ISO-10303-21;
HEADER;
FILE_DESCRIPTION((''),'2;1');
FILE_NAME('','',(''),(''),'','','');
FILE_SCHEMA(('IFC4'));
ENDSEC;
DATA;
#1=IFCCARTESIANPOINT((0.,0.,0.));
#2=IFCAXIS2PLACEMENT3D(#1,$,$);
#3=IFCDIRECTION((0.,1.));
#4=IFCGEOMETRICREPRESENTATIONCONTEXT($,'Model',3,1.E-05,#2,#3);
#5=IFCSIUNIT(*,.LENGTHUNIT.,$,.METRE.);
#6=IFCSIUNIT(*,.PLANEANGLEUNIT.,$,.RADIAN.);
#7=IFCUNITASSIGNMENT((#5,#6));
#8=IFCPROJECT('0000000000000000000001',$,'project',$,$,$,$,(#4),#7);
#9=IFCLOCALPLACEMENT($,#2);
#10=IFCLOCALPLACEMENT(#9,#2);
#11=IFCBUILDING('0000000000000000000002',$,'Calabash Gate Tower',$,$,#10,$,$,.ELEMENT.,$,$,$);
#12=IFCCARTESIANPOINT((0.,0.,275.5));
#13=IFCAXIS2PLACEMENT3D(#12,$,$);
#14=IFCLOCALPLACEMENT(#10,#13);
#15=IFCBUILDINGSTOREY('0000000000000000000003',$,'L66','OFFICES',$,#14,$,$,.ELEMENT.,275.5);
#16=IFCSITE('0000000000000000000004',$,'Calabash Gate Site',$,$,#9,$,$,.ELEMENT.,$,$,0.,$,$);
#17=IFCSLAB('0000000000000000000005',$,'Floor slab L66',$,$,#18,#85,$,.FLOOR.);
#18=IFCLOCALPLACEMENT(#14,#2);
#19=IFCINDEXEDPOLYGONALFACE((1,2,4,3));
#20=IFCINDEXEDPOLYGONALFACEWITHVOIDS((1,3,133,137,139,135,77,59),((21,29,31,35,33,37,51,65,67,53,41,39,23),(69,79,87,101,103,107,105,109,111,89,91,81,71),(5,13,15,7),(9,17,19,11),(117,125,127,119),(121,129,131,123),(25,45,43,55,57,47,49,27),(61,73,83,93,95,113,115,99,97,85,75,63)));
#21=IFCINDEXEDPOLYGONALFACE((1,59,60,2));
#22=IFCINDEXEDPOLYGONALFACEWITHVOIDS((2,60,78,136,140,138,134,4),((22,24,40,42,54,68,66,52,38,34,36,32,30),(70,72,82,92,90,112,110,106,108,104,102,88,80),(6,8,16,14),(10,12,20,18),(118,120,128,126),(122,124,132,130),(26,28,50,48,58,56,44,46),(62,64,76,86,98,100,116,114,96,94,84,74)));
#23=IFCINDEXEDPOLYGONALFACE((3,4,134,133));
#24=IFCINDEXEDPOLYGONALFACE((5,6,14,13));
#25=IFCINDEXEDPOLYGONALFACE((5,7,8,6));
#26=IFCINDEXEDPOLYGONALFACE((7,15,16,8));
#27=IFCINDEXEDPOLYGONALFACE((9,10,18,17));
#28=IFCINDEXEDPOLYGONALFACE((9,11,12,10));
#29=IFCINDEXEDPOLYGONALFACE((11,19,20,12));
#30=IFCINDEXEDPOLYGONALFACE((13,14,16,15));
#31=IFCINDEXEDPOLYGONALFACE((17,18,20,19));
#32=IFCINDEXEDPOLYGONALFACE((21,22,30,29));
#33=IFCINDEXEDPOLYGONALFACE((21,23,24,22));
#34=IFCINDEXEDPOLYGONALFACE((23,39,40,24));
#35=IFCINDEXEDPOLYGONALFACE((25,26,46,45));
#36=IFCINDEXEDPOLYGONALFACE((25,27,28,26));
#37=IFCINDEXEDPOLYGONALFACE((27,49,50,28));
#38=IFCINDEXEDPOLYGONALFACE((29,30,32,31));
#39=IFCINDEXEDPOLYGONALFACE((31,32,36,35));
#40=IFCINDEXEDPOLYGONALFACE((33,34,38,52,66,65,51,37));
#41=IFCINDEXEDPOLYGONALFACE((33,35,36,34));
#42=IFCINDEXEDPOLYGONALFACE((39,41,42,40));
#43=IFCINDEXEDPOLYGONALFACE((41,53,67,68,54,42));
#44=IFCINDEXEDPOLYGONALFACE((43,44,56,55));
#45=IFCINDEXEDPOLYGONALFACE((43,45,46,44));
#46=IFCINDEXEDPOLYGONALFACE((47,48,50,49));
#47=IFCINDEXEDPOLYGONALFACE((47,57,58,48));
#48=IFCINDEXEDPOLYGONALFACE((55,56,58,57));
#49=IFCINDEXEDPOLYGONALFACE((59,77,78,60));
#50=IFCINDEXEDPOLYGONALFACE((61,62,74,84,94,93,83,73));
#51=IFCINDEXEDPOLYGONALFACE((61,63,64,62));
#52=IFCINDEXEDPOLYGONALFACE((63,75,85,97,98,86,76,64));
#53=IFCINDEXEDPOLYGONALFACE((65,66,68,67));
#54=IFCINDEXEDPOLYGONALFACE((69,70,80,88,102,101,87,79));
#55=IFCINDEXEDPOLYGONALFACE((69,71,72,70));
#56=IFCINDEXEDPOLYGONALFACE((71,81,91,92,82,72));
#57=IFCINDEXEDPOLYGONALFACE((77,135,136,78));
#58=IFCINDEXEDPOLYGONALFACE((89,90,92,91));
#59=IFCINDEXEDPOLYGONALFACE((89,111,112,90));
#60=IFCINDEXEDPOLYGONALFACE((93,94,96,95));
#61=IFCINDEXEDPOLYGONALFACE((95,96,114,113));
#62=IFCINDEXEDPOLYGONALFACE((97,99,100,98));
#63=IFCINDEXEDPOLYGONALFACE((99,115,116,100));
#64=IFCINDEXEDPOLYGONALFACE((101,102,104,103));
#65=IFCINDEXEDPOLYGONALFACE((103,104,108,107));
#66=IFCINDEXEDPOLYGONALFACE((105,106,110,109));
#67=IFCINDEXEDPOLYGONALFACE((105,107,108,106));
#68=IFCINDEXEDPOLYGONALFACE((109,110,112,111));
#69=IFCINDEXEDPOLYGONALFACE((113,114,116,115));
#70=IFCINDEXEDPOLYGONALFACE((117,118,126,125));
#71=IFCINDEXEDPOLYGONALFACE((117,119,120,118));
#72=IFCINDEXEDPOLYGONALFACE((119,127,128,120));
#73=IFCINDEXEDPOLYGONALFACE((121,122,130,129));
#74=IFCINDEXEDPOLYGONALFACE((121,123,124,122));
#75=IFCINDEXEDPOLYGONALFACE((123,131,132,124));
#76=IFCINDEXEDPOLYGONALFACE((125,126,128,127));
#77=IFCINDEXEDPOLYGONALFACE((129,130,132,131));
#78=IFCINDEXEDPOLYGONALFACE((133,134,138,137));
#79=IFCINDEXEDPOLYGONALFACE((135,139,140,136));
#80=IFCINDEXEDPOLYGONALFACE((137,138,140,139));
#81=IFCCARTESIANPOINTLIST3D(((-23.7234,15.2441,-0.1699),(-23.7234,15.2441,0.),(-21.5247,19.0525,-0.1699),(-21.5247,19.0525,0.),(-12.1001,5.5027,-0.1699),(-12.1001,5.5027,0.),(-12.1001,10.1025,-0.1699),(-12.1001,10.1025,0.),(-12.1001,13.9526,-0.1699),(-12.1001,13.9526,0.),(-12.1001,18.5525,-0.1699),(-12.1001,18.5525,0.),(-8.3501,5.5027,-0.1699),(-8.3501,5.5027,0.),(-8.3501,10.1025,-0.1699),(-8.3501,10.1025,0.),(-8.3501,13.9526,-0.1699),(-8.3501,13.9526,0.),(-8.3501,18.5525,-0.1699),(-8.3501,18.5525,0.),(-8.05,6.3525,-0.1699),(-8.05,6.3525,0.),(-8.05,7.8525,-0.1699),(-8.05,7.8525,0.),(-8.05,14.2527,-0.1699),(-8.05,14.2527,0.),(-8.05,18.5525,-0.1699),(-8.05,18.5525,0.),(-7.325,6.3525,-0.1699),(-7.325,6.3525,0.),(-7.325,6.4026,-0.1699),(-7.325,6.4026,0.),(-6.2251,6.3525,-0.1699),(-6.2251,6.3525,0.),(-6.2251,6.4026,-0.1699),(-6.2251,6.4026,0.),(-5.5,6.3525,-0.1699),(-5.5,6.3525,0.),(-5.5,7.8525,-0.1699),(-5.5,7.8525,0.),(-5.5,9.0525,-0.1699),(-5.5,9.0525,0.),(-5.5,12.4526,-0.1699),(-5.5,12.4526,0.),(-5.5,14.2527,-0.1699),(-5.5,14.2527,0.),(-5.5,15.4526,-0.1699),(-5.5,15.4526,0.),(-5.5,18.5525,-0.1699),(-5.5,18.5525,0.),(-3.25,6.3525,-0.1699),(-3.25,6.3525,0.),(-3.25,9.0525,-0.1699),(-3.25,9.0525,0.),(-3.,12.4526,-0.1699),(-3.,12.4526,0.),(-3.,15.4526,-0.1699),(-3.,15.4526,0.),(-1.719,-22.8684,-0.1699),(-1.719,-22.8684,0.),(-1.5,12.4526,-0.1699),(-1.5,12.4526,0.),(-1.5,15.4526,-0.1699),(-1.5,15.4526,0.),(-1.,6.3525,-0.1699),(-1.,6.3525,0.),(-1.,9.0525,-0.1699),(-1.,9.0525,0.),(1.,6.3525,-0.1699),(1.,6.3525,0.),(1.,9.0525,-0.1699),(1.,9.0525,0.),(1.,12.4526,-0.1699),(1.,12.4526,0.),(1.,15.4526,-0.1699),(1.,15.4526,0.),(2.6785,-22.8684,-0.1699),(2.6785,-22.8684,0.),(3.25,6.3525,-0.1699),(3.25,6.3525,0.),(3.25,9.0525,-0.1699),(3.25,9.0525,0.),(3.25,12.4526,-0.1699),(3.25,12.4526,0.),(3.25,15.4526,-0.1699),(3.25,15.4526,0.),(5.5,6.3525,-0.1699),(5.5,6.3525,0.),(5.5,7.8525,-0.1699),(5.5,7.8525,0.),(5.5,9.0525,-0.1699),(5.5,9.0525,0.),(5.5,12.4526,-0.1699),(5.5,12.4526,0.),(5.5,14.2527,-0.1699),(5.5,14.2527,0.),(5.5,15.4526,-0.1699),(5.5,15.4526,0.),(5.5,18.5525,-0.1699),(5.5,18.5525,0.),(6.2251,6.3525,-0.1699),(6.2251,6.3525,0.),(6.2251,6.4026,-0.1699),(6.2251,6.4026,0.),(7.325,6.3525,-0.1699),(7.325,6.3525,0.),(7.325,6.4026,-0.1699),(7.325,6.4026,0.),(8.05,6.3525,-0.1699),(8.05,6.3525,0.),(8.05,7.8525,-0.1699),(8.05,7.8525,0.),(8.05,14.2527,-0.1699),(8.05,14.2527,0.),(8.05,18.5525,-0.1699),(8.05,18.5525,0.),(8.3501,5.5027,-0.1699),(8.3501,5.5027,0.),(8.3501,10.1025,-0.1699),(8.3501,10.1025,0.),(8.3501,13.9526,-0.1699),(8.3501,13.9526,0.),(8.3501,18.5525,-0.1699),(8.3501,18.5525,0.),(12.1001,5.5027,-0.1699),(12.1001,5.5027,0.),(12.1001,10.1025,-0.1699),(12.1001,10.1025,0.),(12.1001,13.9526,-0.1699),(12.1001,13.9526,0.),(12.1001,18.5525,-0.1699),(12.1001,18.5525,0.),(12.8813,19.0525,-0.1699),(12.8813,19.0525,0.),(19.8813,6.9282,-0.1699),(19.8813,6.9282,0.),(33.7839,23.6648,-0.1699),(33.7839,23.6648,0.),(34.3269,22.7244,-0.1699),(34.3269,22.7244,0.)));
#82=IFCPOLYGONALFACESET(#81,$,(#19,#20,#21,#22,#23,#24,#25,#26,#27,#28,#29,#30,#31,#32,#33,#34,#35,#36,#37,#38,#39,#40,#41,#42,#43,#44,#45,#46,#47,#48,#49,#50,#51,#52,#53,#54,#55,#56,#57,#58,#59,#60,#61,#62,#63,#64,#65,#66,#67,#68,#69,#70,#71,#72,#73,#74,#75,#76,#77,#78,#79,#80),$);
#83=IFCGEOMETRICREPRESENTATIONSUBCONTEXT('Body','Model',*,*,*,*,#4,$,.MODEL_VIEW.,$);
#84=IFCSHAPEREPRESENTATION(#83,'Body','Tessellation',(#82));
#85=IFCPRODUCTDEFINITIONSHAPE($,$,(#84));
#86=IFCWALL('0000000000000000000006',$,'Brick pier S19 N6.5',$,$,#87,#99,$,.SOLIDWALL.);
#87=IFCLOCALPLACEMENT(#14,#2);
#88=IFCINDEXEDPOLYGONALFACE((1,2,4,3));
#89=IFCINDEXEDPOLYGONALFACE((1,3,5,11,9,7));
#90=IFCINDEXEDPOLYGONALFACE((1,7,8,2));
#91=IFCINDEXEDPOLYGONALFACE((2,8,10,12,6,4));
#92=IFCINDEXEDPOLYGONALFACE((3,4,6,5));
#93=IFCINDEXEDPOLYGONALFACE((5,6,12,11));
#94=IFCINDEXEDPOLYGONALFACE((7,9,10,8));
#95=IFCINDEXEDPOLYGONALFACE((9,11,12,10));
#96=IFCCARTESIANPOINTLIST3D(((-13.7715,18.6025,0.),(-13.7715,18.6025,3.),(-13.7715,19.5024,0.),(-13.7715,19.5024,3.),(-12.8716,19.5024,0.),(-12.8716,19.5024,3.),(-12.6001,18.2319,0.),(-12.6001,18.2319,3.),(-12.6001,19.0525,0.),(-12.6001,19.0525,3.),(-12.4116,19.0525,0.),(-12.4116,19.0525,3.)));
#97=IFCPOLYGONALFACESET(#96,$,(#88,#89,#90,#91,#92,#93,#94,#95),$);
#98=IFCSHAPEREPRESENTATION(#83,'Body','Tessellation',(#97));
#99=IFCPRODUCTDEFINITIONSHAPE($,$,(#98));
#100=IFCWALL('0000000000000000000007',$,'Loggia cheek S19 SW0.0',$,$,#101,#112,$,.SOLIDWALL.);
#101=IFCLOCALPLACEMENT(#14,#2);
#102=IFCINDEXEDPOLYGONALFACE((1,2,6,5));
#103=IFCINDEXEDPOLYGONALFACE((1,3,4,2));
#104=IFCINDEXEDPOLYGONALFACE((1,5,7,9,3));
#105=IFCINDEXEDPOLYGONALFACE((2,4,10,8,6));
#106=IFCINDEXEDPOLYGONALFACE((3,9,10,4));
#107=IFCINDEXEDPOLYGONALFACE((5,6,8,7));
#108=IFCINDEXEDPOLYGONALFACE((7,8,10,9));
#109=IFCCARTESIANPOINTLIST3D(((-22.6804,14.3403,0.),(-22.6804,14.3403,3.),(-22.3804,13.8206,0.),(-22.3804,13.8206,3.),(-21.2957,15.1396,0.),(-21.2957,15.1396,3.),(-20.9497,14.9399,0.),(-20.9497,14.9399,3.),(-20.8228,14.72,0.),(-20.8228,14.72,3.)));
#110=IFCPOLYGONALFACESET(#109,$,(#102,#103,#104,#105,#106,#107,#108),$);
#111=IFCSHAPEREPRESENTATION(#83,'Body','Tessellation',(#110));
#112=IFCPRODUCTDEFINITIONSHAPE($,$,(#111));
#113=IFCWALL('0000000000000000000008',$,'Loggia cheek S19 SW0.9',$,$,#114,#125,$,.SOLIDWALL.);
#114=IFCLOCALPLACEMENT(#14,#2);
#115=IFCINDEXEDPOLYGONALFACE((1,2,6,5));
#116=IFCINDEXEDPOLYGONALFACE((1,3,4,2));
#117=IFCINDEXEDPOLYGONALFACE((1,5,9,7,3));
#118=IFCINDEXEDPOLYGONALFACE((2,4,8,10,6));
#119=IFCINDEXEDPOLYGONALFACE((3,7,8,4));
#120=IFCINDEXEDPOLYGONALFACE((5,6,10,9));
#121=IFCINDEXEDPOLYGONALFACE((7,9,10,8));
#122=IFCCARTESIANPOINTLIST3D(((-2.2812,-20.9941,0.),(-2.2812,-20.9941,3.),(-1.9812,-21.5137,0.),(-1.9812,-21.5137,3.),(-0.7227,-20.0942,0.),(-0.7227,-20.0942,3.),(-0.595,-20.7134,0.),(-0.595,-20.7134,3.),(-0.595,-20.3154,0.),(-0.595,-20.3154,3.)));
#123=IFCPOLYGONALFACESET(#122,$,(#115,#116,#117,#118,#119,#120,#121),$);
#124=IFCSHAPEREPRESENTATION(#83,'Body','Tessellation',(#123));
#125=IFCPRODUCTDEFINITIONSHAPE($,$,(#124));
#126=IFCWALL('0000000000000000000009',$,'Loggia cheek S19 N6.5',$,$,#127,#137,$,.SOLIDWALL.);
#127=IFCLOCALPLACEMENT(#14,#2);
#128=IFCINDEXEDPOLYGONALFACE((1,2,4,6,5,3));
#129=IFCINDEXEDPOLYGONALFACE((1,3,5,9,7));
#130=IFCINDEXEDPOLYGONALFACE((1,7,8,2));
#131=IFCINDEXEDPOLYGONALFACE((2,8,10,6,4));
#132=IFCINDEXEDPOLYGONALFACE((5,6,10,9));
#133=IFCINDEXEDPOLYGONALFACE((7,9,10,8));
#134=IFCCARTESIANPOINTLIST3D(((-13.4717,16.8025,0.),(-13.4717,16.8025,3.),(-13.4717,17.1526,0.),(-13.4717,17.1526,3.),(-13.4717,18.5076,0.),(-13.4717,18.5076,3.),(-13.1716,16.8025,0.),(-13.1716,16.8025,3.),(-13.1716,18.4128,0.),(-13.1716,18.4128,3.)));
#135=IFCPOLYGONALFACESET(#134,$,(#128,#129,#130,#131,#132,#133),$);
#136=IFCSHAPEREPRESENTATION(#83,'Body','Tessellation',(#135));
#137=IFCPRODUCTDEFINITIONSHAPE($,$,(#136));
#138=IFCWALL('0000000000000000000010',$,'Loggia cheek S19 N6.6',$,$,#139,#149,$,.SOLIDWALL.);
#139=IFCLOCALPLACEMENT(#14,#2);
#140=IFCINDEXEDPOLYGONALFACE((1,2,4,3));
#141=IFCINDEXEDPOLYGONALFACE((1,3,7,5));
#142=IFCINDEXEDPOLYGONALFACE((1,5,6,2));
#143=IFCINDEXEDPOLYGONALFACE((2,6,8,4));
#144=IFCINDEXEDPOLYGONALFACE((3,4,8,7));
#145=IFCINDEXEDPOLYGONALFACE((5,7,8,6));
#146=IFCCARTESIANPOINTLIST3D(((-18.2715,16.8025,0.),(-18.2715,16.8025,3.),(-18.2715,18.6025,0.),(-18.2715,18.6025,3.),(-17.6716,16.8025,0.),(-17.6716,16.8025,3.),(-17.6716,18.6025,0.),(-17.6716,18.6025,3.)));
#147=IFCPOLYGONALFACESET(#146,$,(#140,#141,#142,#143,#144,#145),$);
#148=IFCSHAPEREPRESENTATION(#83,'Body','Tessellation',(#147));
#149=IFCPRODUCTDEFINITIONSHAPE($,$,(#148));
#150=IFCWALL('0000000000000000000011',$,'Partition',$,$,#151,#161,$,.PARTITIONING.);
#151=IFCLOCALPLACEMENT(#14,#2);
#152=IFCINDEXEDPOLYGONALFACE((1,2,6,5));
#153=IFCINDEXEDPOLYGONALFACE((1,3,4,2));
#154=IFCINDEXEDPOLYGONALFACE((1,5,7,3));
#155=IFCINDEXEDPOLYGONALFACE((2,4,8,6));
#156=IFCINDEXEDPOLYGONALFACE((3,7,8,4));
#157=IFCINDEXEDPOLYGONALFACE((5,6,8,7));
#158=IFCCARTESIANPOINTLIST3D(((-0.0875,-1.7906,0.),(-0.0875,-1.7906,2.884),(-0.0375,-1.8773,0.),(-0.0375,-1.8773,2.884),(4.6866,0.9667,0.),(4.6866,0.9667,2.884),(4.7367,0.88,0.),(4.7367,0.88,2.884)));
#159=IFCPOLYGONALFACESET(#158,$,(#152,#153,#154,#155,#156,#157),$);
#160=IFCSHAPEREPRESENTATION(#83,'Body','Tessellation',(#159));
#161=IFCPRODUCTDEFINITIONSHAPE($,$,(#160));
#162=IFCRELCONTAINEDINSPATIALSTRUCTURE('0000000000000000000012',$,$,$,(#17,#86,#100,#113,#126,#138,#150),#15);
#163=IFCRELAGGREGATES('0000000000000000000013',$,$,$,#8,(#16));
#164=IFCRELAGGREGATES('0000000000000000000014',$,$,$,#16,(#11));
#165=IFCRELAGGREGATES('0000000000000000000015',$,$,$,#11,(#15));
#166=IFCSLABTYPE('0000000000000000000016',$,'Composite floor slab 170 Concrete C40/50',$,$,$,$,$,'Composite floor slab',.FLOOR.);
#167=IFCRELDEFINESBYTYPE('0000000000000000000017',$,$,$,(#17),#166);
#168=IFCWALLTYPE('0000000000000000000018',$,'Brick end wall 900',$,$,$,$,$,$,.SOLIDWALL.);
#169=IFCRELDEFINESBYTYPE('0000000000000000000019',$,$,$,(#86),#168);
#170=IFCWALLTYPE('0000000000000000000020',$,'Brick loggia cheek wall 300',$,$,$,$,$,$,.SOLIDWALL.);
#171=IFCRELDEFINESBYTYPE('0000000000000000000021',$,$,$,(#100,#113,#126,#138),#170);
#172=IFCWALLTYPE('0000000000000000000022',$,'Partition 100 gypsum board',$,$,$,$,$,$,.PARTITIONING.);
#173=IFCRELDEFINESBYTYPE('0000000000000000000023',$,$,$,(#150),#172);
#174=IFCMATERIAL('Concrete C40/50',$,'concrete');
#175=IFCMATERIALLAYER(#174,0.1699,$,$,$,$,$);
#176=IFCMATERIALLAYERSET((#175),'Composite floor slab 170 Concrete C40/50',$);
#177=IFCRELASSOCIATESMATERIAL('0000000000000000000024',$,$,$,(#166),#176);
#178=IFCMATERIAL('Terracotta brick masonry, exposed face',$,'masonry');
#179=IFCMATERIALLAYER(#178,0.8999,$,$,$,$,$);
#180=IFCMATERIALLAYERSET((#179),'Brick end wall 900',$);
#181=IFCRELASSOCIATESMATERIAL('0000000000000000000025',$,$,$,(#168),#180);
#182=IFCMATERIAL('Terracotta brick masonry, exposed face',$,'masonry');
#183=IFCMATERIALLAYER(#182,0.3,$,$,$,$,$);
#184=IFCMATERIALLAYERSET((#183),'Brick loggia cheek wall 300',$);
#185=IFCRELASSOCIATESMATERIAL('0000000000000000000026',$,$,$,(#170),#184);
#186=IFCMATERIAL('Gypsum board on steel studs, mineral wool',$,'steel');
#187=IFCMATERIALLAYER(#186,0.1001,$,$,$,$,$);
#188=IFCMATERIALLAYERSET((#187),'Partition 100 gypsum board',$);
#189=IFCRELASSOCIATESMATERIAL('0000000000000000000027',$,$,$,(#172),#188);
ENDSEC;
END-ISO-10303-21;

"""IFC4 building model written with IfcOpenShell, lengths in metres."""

from ifc_helpers import new_model, si_unit, direction, frame, frame_2d, origin, place, context, subcontext, project, spatial, polyline, rectangle, outline, extrude, material, layer, layer_set, type_object, element, save


model = new_model("IFC4")

# Units and contexts
model_context = context("Model", 3, precision=1e-05, world=origin(), true_north=direction((0.0, 1.0)))
body_context = subcontext(model_context, "Body", "Model", "MODEL_VIEW")
ifc_project = project(units=[si_unit("LENGTHUNIT", "METRE"), si_unit("PLANEANGLEUNIT", "RADIAN")], contexts=[model_context])

# Site, building, storey
site_placement = place(None, origin())
site = spatial("IfcSite", under=ifc_project, at=site_placement, Name="Calabash Gate Site", CompositionType="ELEMENT", RefElevation=0.0)
building_placement = place(site_placement, origin())
building = spatial("IfcBuilding", under=site, at=building_placement, Name="Calabash Gate Tower", CompositionType="ELEMENT")
storey_placement = place(building_placement, frame((0.0, 0.0, 275.5)))
storey = spatial("IfcBuildingStorey", under=building, at=storey_placement, Name="L66", Description="OFFICES", CompositionType="ELEMENT", Elevation=275.5)

# Slab
ifc_material_1 = material(Name="Concrete C40/50", Category="concrete")
ifc_layer_1 = layer(ifc_material_1, 0.1699)
ifc_layer_set_1 = layer_set([ifc_layer_1], Name="Composite floor slab 170 Concrete C40/50")
slab_type = type_object("IfcSlabType", Name="Composite floor slab 170 Concrete C40/50", ElementType="Composite floor slab", PredefinedType="FLOOR", material=ifc_layer_set_1)
slab_placement = place(storey_placement, frame((0.0, 0.0, -0.1699)))
element("IfcSlab", 1, at=slab_placement, inside=storey, type_object=slab_type, Name="Floor slab L66", PredefinedType="FLOOR", context=body_context, shape_type="SweptSolid", body=[
    extrude(outline(polyline([(-23.7234, 15.2441), (-21.5247, 19.0525), (12.8813, 19.0525), (33.7839, 23.6648), (34.3269, 22.7244), (19.8813, 6.9282), (2.6785, -22.8684), (-1.719, -22.8684), (-23.7234, 15.2441)]), holes=[polyline([(-1.0, 9.0525), (-3.25, 9.0525), (-5.5, 9.0525), (-5.5, 7.8525), (-8.05, 7.8525), (-8.05, 6.3525), (-7.325, 6.3525), (-7.325, 6.4026), (-6.2251, 6.4026), (-6.2251, 6.3525), (-5.5, 6.3525), (-3.25, 6.3525), (-1.0, 6.3525), (-1.0, 9.0525)]), polyline([(3.25, 6.3525), (5.5, 6.3525), (6.2251, 6.3525), (6.2251, 6.4026), (7.325, 6.4026), (7.325, 6.3525), (8.05, 6.3525), (8.05, 7.8525), (5.5, 7.8525), (5.5, 9.0525), (3.25, 9.0525), (1.0, 9.0525), (1.0, 6.3525), (3.25, 6.3525)]), polyline([(-5.5, 14.2527), (-5.5, 12.4526), (-3.0, 12.4526), (-3.0, 15.4526), (-5.5, 15.4526), (-5.5, 18.5525), (-8.05, 18.5525), (-8.05, 14.2527), (-5.5, 14.2527)]), polyline([(1.0, 15.4526), (-1.5, 15.4526), (-1.5, 12.4526), (1.0, 12.4526), (3.25, 12.4526), (5.5, 12.4526), (5.5, 14.2527), (8.05, 14.2527), (8.05, 18.5525), (5.5, 18.5525), (5.5, 15.4526), (3.25, 15.4526), (1.0, 15.4526)]), polyline([(-8.3501, 18.5525), (-12.1001, 18.5525), (-12.1001, 13.9526), (-8.3501, 13.9526), (-8.3501, 18.5525)]), polyline([(-12.1001, 10.1025), (-12.1001, 5.5027), (-8.3501, 5.5027), (-8.3501, 10.1025), (-12.1001, 10.1025)]), polyline([(8.3501, 13.9526), (12.1001, 13.9526), (12.1001, 18.5525), (8.3501, 18.5525), (8.3501, 13.9526)]), polyline([(12.1001, 5.5027), (12.1001, 10.1025), (8.3501, 10.1025), (8.3501, 5.5027), (12.1001, 5.5027)])]), origin(), (0.0, 0.0, 1.0), 0.1699),
])

# Walls
ifc_material_2 = material(Name="Terracotta brick masonry, exposed face", Category="masonry")
ifc_layer_2 = layer(ifc_material_2, 0.8999)
ifc_layer_set_2 = layer_set([ifc_layer_2], Name="Brick end wall 900")
wall_type_1 = type_object("IfcWallType", Name="Brick end wall 900", PredefinedType="SOLIDWALL", material=ifc_layer_set_2)
wall_1_placement = place(storey_placement, origin())
element("IfcWall", 2, at=wall_1_placement, inside=storey, type_object=wall_type_1, Name="Brick pier S19 N6.5", PredefinedType="SOLIDWALL", context=body_context, shape_type="SweptSolid", body=[
    extrude(outline(polyline([(-12.4116, 19.0525), (-12.8716, 19.5024), (-13.7715, 19.5024), (-13.7715, 18.6025), (-12.6001, 18.2319), (-12.6001, 19.0525), (-12.4116, 19.0525)])), origin(), (0.0, 0.0, 1.0), 3.0),
])
ifc_material_3 = material(Name="Terracotta brick masonry, exposed face", Category="masonry")
ifc_layer_3 = layer(ifc_material_3, 0.3)
ifc_layer_set_3 = layer_set([ifc_layer_3], Name="Brick loggia cheek wall 300")
wall_type_2 = type_object("IfcWallType", Name="Brick loggia cheek wall 300", PredefinedType="SOLIDWALL", material=ifc_layer_set_3)
wall_2_placement = place(storey_placement, origin())
element("IfcWall", 3, at=wall_2_placement, inside=storey, type_object=wall_type_2, Name="Loggia cheek S19 SW0.0", PredefinedType="SOLIDWALL", context=body_context, shape_type="SweptSolid", body=[
    extrude(outline(polyline([(-21.2957, 15.1396), (-22.6804, 14.3403), (-22.3804, 13.8206), (-20.8228, 14.72), (-20.9497, 14.9399), (-21.2957, 15.1396)])), origin(), (0.0, 0.0, 1.0), 3.0),
])
wall_3_placement = place(storey_placement, origin())
element("IfcWall", 4, at=wall_3_placement, inside=storey, type_object=wall_type_2, Name="Loggia cheek S19 SW0.9", PredefinedType="SOLIDWALL", context=body_context, shape_type="SweptSolid", body=[
    extrude(outline(polyline([(-1.9812, -21.5137), (-0.595, -20.7134), (-0.595, -20.3154), (-0.7227, -20.0942), (-2.2812, -20.9941), (-1.9812, -21.5137)])), origin(), (0.0, 0.0, 1.0), 3.0),
])
wall_4_placement = place(storey_placement, origin())
element("IfcWall", 5, at=wall_4_placement, inside=storey, type_object=wall_type_2, Name="Loggia cheek S19 N6.5", PredefinedType="SOLIDWALL", context=body_context, shape_type="SweptSolid", body=[
    extrude(outline(polyline([(-13.4717, 16.8025), (-13.1716, 16.8025), (-13.1716, 18.4128), (-13.4717, 18.5076), (-13.4717, 17.1526), (-13.4717, 16.8025)])), origin(), (0.0, 0.0, 1.0), 3.0),
])
wall_5_placement = place(storey_placement, origin())
element("IfcWall", 6, at=wall_5_placement, inside=storey, type_object=wall_type_2, Name="Loggia cheek S19 N6.6", PredefinedType="SOLIDWALL", context=body_context, shape_type="SweptSolid", body=[
    extrude(outline(polyline([(-18.2715, 18.6025), (-18.2715, 16.8025), (-17.6716, 16.8025), (-17.6716, 18.6025), (-18.2715, 18.6025)])), origin(), (0.0, 0.0, 1.0), 3.0),
])
ifc_material_4 = material(Name="Gypsum board on steel studs, mineral wool", Category="steel")
ifc_layer_4 = layer(ifc_material_4, 0.1001)
ifc_layer_set_4 = layer_set([ifc_layer_4], Name="Partition 100 gypsum board")
wall_type_3 = type_object("IfcWallType", Name="Partition 100 gypsum board", PredefinedType="PARTITIONING", material=ifc_layer_set_4)
wall_6_placement = place(storey_placement, frame((-0.0625, -1.834, 0.0), z_axis=(0.0, 0.0, 1.0), x_axis=(0.86595, 0.50013, 0.0)))
element("IfcWall", 7, at=wall_6_placement, inside=storey, type_object=wall_type_3, Name="Partition", PredefinedType="PARTITIONING", context=body_context, shape_type="SweptSolid", body=[
    extrude(rectangle(XDim=5.5132, YDim=0.1001, at=frame_2d((2.7566, 0.0))), origin(), (0.0, 0.0, 1.0), 2.884),
])

save(model, "model.ifc")
